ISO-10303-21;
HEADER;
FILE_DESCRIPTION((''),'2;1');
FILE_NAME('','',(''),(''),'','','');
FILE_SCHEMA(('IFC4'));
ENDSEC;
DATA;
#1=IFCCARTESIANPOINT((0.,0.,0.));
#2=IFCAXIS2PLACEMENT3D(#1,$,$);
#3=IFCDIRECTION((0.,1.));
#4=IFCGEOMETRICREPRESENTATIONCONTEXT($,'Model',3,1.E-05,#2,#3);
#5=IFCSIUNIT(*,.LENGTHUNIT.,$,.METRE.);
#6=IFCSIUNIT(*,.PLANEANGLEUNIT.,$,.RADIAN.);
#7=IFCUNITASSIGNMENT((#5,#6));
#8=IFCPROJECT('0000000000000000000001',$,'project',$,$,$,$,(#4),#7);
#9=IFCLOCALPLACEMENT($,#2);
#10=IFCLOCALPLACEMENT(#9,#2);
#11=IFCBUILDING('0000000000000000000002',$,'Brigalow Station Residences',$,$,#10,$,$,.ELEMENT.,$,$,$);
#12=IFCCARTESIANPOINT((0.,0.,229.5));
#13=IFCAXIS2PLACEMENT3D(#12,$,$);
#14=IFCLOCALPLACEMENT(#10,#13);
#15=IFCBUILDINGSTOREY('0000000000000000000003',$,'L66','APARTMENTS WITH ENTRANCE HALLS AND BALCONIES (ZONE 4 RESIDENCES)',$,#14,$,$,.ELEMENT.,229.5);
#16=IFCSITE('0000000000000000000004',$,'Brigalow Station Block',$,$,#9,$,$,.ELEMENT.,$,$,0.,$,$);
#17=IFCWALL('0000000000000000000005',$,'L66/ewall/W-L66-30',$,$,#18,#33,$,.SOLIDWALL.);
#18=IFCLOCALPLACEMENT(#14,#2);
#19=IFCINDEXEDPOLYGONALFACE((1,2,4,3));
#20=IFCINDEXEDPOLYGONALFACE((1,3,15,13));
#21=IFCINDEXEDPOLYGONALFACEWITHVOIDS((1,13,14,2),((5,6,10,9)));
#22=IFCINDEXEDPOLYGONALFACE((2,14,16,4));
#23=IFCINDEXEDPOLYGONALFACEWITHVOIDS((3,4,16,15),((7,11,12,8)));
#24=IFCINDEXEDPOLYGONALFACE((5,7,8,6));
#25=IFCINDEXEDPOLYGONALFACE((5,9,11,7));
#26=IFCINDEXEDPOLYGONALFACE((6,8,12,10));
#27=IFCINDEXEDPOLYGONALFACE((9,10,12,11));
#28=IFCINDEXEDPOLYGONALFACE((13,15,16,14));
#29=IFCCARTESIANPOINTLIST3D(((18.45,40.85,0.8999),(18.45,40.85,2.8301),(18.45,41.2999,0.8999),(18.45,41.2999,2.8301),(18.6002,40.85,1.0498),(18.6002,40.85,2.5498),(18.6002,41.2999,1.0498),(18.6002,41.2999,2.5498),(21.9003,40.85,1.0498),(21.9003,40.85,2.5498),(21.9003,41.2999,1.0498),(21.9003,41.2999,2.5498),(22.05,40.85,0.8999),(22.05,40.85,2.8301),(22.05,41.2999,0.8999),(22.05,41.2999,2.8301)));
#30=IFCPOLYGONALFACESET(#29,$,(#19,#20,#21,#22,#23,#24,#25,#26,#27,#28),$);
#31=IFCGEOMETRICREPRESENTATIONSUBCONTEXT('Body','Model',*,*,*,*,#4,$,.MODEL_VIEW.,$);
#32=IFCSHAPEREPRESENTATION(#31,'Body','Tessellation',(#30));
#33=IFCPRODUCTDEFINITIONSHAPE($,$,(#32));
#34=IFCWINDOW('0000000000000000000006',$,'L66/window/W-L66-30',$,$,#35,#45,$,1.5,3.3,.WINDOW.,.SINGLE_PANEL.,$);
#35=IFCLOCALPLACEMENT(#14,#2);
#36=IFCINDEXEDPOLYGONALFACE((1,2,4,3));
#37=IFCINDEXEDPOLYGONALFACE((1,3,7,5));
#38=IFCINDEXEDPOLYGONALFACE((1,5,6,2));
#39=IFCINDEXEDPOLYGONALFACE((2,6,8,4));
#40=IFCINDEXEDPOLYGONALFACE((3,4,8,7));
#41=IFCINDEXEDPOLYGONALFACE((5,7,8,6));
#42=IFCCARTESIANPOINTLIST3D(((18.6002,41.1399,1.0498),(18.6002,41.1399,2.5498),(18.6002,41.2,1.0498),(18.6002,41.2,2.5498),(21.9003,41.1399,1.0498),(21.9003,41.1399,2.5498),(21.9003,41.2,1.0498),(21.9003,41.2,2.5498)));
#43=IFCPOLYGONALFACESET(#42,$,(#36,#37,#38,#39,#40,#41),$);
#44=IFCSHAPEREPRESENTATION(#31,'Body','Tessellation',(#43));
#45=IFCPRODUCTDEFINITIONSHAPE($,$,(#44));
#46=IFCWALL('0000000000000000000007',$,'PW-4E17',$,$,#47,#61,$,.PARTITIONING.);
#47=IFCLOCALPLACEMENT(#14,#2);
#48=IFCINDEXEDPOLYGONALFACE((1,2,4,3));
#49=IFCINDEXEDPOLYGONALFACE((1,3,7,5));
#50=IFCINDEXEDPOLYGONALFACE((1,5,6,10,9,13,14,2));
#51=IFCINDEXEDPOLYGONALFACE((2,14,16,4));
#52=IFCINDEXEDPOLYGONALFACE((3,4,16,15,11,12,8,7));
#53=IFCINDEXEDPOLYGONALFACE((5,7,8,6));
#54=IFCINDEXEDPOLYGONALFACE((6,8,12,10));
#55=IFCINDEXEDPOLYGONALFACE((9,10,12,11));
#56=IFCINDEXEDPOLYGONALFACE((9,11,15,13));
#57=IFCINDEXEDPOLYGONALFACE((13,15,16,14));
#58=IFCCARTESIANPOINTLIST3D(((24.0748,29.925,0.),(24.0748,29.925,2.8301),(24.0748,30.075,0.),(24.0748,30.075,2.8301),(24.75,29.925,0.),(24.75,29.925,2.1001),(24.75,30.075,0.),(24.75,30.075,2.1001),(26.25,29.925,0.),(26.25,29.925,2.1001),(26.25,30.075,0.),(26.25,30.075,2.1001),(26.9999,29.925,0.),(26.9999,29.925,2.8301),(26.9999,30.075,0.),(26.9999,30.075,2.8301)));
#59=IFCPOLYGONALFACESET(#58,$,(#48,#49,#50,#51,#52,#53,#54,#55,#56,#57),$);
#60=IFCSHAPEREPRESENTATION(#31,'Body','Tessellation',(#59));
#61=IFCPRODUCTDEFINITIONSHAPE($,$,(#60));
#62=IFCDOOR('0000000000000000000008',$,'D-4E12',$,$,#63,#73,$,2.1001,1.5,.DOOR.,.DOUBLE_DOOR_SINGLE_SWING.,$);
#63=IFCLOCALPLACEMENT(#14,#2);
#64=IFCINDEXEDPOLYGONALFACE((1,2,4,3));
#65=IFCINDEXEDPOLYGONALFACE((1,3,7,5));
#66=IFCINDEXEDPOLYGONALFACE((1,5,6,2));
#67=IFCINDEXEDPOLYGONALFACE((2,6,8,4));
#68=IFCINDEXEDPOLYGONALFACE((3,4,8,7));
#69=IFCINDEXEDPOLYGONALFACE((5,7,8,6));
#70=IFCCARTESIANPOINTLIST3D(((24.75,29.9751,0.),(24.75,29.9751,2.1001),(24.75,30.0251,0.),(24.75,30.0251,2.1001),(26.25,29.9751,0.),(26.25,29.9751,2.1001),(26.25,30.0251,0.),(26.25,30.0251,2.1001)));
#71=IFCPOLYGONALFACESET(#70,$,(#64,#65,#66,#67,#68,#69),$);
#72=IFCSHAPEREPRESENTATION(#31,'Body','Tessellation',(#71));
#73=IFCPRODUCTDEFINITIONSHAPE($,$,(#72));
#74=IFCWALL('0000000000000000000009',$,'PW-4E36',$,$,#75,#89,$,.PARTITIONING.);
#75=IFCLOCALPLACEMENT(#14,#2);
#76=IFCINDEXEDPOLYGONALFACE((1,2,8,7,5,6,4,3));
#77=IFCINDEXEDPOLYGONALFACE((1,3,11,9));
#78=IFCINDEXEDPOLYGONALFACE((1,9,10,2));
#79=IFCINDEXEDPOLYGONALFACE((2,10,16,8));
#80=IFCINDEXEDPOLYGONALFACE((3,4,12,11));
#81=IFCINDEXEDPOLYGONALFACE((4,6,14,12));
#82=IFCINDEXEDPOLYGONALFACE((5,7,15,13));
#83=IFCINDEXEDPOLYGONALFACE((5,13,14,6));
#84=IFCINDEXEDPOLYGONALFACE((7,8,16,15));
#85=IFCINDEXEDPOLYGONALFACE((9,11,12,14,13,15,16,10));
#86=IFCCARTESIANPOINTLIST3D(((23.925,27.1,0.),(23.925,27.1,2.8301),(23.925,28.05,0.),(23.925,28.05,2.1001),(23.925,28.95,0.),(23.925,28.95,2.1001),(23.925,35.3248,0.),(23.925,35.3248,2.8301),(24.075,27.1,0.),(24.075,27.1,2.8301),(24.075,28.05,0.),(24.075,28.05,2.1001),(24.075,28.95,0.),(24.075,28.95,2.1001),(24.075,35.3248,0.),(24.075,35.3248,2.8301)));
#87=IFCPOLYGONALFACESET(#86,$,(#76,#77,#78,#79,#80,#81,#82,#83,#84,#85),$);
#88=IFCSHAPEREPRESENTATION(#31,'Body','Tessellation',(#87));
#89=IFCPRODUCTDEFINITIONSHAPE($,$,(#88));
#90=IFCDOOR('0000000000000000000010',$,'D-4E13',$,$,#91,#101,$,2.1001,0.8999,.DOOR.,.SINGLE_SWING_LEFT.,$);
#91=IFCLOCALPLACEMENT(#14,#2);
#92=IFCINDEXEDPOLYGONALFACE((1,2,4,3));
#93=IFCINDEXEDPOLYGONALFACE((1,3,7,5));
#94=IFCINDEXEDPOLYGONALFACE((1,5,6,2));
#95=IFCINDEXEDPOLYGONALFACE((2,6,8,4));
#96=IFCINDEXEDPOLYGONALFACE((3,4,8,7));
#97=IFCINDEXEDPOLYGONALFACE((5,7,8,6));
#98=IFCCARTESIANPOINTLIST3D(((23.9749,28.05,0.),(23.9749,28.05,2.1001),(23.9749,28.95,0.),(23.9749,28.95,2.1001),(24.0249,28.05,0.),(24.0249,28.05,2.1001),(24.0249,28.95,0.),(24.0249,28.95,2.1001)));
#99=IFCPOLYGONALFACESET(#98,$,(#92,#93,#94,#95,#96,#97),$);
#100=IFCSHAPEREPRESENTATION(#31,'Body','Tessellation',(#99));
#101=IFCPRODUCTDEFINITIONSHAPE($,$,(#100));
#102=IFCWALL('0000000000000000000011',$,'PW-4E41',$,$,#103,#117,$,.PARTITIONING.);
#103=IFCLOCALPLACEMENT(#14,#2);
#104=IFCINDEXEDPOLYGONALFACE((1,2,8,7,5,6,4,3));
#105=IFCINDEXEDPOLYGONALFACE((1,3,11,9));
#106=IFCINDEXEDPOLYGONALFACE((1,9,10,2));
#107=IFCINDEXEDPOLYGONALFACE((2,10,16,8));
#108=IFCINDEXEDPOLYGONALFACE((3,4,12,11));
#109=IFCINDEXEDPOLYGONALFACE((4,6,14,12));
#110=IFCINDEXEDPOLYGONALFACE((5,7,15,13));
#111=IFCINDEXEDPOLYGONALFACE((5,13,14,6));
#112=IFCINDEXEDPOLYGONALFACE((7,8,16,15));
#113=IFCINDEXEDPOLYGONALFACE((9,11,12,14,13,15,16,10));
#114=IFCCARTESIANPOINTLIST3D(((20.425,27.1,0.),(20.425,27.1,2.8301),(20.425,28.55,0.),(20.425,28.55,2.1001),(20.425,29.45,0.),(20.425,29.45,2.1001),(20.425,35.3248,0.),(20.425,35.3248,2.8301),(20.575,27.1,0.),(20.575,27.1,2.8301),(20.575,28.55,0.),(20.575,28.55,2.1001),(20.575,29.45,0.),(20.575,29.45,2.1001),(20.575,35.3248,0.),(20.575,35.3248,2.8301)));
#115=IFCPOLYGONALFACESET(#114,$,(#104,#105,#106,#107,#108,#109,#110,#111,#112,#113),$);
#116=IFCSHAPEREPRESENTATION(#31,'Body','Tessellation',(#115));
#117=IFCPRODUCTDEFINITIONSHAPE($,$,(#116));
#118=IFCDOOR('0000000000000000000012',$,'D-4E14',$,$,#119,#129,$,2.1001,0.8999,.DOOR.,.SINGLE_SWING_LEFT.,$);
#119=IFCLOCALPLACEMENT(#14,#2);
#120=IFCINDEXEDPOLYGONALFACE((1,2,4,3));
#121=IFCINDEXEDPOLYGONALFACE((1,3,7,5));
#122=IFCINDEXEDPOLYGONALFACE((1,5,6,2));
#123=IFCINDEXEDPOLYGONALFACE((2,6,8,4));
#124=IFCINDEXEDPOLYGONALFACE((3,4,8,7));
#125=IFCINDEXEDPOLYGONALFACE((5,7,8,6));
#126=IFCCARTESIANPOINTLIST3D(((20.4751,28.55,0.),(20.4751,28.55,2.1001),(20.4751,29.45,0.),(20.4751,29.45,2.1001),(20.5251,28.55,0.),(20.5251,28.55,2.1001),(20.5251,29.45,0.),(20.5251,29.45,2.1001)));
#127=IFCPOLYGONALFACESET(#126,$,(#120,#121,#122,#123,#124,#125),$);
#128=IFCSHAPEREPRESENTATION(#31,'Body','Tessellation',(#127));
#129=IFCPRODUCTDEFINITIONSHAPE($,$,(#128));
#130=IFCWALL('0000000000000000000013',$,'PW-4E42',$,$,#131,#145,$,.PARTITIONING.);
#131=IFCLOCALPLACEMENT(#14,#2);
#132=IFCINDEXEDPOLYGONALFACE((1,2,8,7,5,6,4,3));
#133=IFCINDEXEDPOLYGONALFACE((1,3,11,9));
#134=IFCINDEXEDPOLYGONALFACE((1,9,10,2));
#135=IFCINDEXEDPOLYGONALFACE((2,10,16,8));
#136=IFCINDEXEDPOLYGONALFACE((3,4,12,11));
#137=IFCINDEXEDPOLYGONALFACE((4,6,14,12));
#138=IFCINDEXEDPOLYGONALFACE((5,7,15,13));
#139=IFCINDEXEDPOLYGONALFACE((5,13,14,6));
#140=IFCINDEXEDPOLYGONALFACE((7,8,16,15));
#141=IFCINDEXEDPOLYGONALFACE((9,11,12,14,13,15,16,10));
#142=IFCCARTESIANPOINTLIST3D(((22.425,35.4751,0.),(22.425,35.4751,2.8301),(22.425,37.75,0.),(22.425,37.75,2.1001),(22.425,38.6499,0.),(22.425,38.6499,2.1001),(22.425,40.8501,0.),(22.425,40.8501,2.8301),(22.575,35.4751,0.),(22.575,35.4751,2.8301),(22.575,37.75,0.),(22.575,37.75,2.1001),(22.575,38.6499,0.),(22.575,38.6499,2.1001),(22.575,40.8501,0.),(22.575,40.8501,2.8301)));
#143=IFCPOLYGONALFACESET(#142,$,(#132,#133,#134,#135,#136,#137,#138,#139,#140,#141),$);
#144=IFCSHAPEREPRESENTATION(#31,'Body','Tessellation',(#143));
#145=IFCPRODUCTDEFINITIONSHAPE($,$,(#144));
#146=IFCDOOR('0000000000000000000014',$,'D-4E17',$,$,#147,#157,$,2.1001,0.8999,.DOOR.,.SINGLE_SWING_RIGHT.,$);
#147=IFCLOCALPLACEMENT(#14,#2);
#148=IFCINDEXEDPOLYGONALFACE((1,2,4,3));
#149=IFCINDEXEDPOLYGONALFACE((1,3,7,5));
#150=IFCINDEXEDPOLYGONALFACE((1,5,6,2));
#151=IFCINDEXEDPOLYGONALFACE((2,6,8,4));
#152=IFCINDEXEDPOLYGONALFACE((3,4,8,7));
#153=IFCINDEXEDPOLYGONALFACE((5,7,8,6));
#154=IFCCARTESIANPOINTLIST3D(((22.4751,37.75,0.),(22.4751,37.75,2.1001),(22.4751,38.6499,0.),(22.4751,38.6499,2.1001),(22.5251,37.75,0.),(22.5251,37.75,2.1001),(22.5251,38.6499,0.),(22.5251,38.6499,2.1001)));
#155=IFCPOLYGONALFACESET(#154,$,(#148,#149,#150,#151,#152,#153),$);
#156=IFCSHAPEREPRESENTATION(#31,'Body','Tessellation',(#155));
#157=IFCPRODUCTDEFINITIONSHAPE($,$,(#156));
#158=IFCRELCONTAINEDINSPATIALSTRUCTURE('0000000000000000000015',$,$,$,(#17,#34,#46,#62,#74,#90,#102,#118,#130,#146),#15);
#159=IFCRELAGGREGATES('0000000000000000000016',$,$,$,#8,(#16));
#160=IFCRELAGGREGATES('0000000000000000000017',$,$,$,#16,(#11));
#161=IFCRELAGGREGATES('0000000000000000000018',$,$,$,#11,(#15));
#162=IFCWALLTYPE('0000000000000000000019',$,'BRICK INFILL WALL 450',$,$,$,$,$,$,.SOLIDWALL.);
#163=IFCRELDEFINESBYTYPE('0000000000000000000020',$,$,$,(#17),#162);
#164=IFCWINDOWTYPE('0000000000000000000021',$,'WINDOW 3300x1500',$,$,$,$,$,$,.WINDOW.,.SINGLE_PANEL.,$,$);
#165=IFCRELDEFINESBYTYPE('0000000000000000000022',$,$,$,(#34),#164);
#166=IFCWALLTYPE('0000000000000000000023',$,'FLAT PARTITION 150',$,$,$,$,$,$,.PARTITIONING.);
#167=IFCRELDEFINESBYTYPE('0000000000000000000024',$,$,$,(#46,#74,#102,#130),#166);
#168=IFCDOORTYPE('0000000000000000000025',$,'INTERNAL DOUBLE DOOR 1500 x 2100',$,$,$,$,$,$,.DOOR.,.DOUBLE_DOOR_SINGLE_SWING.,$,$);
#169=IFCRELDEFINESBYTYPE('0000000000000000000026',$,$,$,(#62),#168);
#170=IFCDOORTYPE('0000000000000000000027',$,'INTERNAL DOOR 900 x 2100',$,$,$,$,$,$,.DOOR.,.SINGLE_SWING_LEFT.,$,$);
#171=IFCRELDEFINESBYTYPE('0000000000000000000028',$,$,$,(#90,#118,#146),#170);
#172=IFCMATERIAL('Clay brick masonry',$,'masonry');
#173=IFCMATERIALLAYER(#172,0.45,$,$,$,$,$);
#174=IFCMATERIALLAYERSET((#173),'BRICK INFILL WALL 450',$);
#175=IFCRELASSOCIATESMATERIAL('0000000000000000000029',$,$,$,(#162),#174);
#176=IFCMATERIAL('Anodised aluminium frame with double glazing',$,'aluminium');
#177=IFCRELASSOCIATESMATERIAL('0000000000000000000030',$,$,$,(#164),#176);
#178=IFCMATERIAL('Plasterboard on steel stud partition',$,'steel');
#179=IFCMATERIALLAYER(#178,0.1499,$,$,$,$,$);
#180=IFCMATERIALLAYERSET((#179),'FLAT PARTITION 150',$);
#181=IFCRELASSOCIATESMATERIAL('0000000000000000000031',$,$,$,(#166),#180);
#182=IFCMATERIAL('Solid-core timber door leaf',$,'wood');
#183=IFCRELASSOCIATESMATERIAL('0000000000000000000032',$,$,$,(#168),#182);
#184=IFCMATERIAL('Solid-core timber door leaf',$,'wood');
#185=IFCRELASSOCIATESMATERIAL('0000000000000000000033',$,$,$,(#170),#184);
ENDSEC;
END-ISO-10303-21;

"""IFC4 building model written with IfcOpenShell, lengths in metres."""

from ifc_helpers import new_model, si_unit, direction, frame, frame_2d, origin, place, context, subcontext, project, spatial, rectangle, extrude, material, layer, layer_set, type_object, element, fill, save


model = new_model("IFC4")

# Units and contexts
model_context = context("Model", 3, precision=1e-05, world=origin(), true_north=direction((0.0, 1.0)))
body_context = subcontext(model_context, "Body", "Model", "MODEL_VIEW")
ifc_project = project(units=[si_unit("LENGTHUNIT", "METRE"), si_unit("PLANEANGLEUNIT", "RADIAN")], contexts=[model_context])

# Site, building, storey
site_placement = place(None, origin())
site = spatial("IfcSite", under=ifc_project, at=site_placement, Name="Brigalow Station Block", CompositionType="ELEMENT", RefElevation=0.0)
building_placement = place(site_placement, origin())
building = spatial("IfcBuilding", under=site, at=building_placement, Name="Brigalow Station Residences", CompositionType="ELEMENT")
storey_placement = place(building_placement, frame((0.0, 0.0, 229.5)))
storey = spatial("IfcBuildingStorey", under=building, at=storey_placement, Name="L66", Description="APARTMENTS WITH ENTRANCE HALLS AND BALCONIES (ZONE 4 RESIDENCES)", CompositionType="ELEMENT", Elevation=229.5)

# Wall, opening, window
ifc_material_1 = material(Name="Clay brick masonry", Category="masonry")
ifc_layer_1 = layer(ifc_material_1, 0.45)
ifc_layer_set_1 = layer_set([ifc_layer_1], Name="BRICK INFILL WALL 450")
wall_type_1 = type_object("IfcWallType", Name="BRICK INFILL WALL 450", PredefinedType="SOLIDWALL", material=ifc_layer_set_1)
ifc_material_2 = material(Name="Anodised aluminium frame with double glazing", Category="aluminium")
window_type = type_object("IfcWindowType", Name="WINDOW 3300x1500", PartitioningType="SINGLE_PANEL", PredefinedType="WINDOW", material=ifc_material_2)
wall_1_placement = place(storey_placement, frame((22.05, 41.075, 0.8999), z_axis=(0.0, 0.0, 1.0), x_axis=(-1.0, 0.0, 0.0)))
wall_1 = element("IfcWall", 1, at=wall_1_placement, inside=storey, type_object=wall_type_1, Name="L66/ewall/W-L66-30", PredefinedType="SOLIDWALL", context=body_context, shape_type="SweptSolid", body=[
    extrude(rectangle(XDim=3.6001, YDim=0.45, at=frame_2d((1.8, 0.0))), origin(), (0.0, 0.0, 1.0), 1.9302),
])
opening_1_placement = place(wall_1_placement, frame((0.1499, 0.0, 0.1499)))
opening_1 = element("IfcOpeningElement", 2, at=opening_1_placement, cuts=wall_1, PredefinedType="OPENING", context=body_context, shape_type="SweptSolid", body=[
    extrude(rectangle(XDim=3.3, YDim=1.5, at=frame_2d((1.6499, 0.75))), frame((0.0, 0.2349, 0.0), z_axis=(0.0, -1.0, 0.0), x_axis=(1.0, 0.0, 0.0)), (0.0, 0.0, 1.0), 0.47),
])
window_1_placement = place(opening_1_placement, origin())
window_1 = element("IfcWindow", 3, at=window_1_placement, inside=storey, type_object=window_type, Name="L66/window/W-L66-30", OverallHeight=1.5, OverallWidth=3.3, PartitioningType="SINGLE_PANEL", PredefinedType="WINDOW", context=body_context, shape_type="SweptSolid", body=[
    extrude(rectangle(XDim=3.3, YDim=1.5, at=frame_2d((1.6499, 0.75))), frame((0.0, -0.0649, 0.0), z_axis=(0.0, -1.0, 0.0), x_axis=(1.0, 0.0, 0.0)), (0.0, 0.0, 1.0), 0.0601),
])
fill(opening_1, window_1)

# Walls, openings, doors
ifc_material_3 = material(Name="Plasterboard on steel stud partition", Category="steel")
ifc_layer_2 = layer(ifc_material_3, 0.1499)
ifc_layer_set_2 = layer_set([ifc_layer_2], Name="FLAT PARTITION 150")
wall_type_2 = type_object("IfcWallType", Name="FLAT PARTITION 150", PredefinedType="PARTITIONING", material=ifc_layer_set_2)
wall_2_placement = place(storey_placement, frame((24.075, 30.0, 0.0), z_axis=(0.0, 0.0, 1.0), x_axis=(1.0, 0.0, 0.0)))
wall_2 = element("IfcWall", 4, at=wall_2_placement, inside=storey, type_object=wall_type_2, Name="PW-4E17", PredefinedType="PARTITIONING", context=body_context, shape_type="SweptSolid", body=[
    extrude(rectangle(XDim=2.925, YDim=0.1499, at=frame_2d((1.4624, 0.0))), origin(), (0.0, 0.0, 1.0), 2.8301),
])
opening_2_placement = place(wall_2_placement, frame((0.675, 0.0, 0.0)))
opening_2 = element("IfcOpeningElement", 5, at=opening_2_placement, cuts=wall_2, PredefinedType="OPENING", context=body_context, shape_type="SweptSolid", body=[
    extrude(rectangle(XDim=1.5, YDim=2.1001, at=frame_2d((0.75, 1.05))), frame((0.0, 0.085, 0.0), z_axis=(0.0, -1.0, 0.0), x_axis=(1.0, 0.0, 0.0)), (0.0, 0.0, 1.0), 0.1699),
])
ifc_material_4 = material(Name="Solid-core timber door leaf", Category="wood")
door_type_1 = type_object("IfcDoorType", Name="INTERNAL DOUBLE DOOR 1500 x 2100", OperationType="DOUBLE_DOOR_SINGLE_SWING", PredefinedType="DOOR", material=ifc_material_4)
door_1_placement = place(opening_2_placement, frame((1.5, 0.0, 0.0), z_axis=(0.0, 0.0, 1.0), x_axis=(-1.0, 0.0, 0.0)))
door_1 = element("IfcDoor", 6, at=door_1_placement, inside=storey, type_object=door_type_1, Name="D-4E12", OperationType="DOUBLE_DOOR_SINGLE_SWING", OverallHeight=2.1001, OverallWidth=1.5, PredefinedType="DOOR", context=body_context, shape_type="SweptSolid", body=[
    extrude(rectangle(XDim=1.5, YDim=2.1001, at=frame_2d((0.75, 1.05))), frame((0.0, 0.0249, 0.0), z_axis=(0.0, -1.0, 0.0), x_axis=(1.0, 0.0, 0.0)), (0.0, 0.0, 1.0), 0.05),
])
fill(opening_2, door_1)
wall_3_placement = place(storey_placement, frame((24.0, 27.1001, 0.0), z_axis=(0.0, 0.0, 1.0), x_axis=(0.0, 1.0, 0.0)))
wall_3 = element("IfcWall", 7, at=wall_3_placement, inside=storey, type_object=wall_type_2, Name="PW-4E36", PredefinedType="PARTITIONING", context=body_context, shape_type="SweptSolid", body=[
    extrude(rectangle(XDim=8.2249, YDim=0.1499, at=frame_2d((4.1123, 0.0))), origin(), (0.0, 0.0, 1.0), 2.8301),
])
opening_3_placement = place(wall_3_placement, frame((0.95, 0.0, 0.0)))
opening_3 = element("IfcOpeningElement", 8, at=opening_3_placement, cuts=wall_3, PredefinedType="OPENING", context=body_context, shape_type="SweptSolid", body=[
    extrude(rectangle(XDim=0.8999, YDim=2.1001, at=frame_2d((0.45, 1.05))), frame((0.0, 0.085, 0.0), z_axis=(0.0, -1.0, 0.0), x_axis=(1.0, 0.0, 0.0)), (0.0, 0.0, 1.0), 0.1699),
])
ifc_material_5 = material(Name="Solid-core timber door leaf", Category="wood")
door_type_2 = type_object("IfcDoorType", Name="INTERNAL DOOR 900 x 2100", OperationType="SINGLE_SWING_LEFT", PredefinedType="DOOR", material=ifc_material_5)
door_2_placement = place(opening_3_placement, frame((0.8999, 0.0, 0.0), z_axis=(0.0, 0.0, 1.0), x_axis=(-1.0, 0.0, 0.0)))
door_2 = element("IfcDoor", 9, at=door_2_placement, inside=storey, type_object=door_type_2, Name="D-4E13", OperationType="SINGLE_SWING_LEFT", OverallHeight=2.1001, OverallWidth=0.8999, PredefinedType="DOOR", context=body_context, shape_type="SweptSolid", body=[
    extrude(rectangle(XDim=0.8999, YDim=2.1001, at=frame_2d((0.45, 1.05))), frame((0.0, 0.0249, 0.0), z_axis=(0.0, -1.0, 0.0), x_axis=(1.0, 0.0, 0.0)), (0.0, 0.0, 1.0), 0.05),
])
fill(opening_3, door_2)
wall_4_placement = place(storey_placement, frame((20.5, 27.1001, 0.0), z_axis=(0.0, 0.0, 1.0), x_axis=(0.0, 1.0, 0.0)))
wall_4 = element("IfcWall", 10, at=wall_4_placement, inside=storey, type_object=wall_type_2, Name="PW-4E41", PredefinedType="PARTITIONING", context=body_context, shape_type="SweptSolid", body=[
    extrude(rectangle(XDim=8.2249, YDim=0.1499, at=frame_2d((4.1123, 0.0))), origin(), (0.0, 0.0, 1.0), 2.8301),
])
opening_4_placement = place(wall_4_placement, frame((1.45, 0.0, 0.0)))
opening_4 = element("IfcOpeningElement", 11, at=opening_4_placement, cuts=wall_4, PredefinedType="OPENING", context=body_context, shape_type="SweptSolid", body=[
    extrude(rectangle(XDim=0.8999, YDim=2.1001, at=frame_2d((0.45, 1.05))), frame((0.0, 0.085, 0.0), z_axis=(0.0, -1.0, 0.0), x_axis=(1.0, 0.0, 0.0)), (0.0, 0.0, 1.0), 0.1699),
])
door_3_placement = place(opening_4_placement, origin())
door_3 = element("IfcDoor", 12, at=door_3_placement, inside=storey, type_object=door_type_2, Name="D-4E14", OperationType="SINGLE_SWING_LEFT", OverallHeight=2.1001, OverallWidth=0.8999, PredefinedType="DOOR", context=body_context, shape_type="SweptSolid", body=[
    extrude(rectangle(XDim=0.8999, YDim=2.1001, at=frame_2d((0.45, 1.05))), frame((0.0, 0.0249, 0.0), z_axis=(0.0, -1.0, 0.0), x_axis=(1.0, 0.0, 0.0)), (0.0, 0.0, 1.0), 0.05),
])
fill(opening_4, door_3)
wall_5_placement = place(storey_placement, frame((22.5, 35.4751, 0.0), z_axis=(0.0, 0.0, 1.0), x_axis=(0.0, 1.0, 0.0)))
wall_5 = element("IfcWall", 13, at=wall_5_placement, inside=storey, type_object=wall_type_2, Name="PW-4E42", PredefinedType="PARTITIONING", context=body_context, shape_type="SweptSolid", body=[
    extrude(rectangle(XDim=5.375, YDim=0.1499, at=frame_2d((2.6875, 0.0))), origin(), (0.0, 0.0, 1.0), 2.8301),
])
opening_5_placement = place(wall_5_placement, frame((2.2749, 0.0, 0.0)))
opening_5 = element("IfcOpeningElement", 14, at=opening_5_placement, cuts=wall_5, PredefinedType="OPENING", context=body_context, shape_type="SweptSolid", body=[
    extrude(rectangle(XDim=0.8999, YDim=2.1001, at=frame_2d((0.45, 1.05))), frame((0.0, 0.085, 0.0), z_axis=(0.0, -1.0, 0.0), x_axis=(1.0, 0.0, 0.0)), (0.0, 0.0, 1.0), 0.1699),
])
door_4_placement = place(opening_5_placement, origin())
door_4 = element("IfcDoor", 15, at=door_4_placement, inside=storey, type_object=door_type_2, Name="D-4E17", OperationType="SINGLE_SWING_RIGHT", OverallHeight=2.1001, OverallWidth=0.8999, PredefinedType="DOOR", context=body_context, shape_type="SweptSolid", body=[
    extrude(rectangle(XDim=0.8999, YDim=2.1001, at=frame_2d((0.45, 1.05))), frame((0.0, 0.0249, 0.0), z_axis=(0.0, -1.0, 0.0), x_axis=(1.0, 0.0, 0.0)), (0.0, 0.0, 1.0), 0.05),
])
fill(opening_5, door_4)

save(model, "model.ifc")
